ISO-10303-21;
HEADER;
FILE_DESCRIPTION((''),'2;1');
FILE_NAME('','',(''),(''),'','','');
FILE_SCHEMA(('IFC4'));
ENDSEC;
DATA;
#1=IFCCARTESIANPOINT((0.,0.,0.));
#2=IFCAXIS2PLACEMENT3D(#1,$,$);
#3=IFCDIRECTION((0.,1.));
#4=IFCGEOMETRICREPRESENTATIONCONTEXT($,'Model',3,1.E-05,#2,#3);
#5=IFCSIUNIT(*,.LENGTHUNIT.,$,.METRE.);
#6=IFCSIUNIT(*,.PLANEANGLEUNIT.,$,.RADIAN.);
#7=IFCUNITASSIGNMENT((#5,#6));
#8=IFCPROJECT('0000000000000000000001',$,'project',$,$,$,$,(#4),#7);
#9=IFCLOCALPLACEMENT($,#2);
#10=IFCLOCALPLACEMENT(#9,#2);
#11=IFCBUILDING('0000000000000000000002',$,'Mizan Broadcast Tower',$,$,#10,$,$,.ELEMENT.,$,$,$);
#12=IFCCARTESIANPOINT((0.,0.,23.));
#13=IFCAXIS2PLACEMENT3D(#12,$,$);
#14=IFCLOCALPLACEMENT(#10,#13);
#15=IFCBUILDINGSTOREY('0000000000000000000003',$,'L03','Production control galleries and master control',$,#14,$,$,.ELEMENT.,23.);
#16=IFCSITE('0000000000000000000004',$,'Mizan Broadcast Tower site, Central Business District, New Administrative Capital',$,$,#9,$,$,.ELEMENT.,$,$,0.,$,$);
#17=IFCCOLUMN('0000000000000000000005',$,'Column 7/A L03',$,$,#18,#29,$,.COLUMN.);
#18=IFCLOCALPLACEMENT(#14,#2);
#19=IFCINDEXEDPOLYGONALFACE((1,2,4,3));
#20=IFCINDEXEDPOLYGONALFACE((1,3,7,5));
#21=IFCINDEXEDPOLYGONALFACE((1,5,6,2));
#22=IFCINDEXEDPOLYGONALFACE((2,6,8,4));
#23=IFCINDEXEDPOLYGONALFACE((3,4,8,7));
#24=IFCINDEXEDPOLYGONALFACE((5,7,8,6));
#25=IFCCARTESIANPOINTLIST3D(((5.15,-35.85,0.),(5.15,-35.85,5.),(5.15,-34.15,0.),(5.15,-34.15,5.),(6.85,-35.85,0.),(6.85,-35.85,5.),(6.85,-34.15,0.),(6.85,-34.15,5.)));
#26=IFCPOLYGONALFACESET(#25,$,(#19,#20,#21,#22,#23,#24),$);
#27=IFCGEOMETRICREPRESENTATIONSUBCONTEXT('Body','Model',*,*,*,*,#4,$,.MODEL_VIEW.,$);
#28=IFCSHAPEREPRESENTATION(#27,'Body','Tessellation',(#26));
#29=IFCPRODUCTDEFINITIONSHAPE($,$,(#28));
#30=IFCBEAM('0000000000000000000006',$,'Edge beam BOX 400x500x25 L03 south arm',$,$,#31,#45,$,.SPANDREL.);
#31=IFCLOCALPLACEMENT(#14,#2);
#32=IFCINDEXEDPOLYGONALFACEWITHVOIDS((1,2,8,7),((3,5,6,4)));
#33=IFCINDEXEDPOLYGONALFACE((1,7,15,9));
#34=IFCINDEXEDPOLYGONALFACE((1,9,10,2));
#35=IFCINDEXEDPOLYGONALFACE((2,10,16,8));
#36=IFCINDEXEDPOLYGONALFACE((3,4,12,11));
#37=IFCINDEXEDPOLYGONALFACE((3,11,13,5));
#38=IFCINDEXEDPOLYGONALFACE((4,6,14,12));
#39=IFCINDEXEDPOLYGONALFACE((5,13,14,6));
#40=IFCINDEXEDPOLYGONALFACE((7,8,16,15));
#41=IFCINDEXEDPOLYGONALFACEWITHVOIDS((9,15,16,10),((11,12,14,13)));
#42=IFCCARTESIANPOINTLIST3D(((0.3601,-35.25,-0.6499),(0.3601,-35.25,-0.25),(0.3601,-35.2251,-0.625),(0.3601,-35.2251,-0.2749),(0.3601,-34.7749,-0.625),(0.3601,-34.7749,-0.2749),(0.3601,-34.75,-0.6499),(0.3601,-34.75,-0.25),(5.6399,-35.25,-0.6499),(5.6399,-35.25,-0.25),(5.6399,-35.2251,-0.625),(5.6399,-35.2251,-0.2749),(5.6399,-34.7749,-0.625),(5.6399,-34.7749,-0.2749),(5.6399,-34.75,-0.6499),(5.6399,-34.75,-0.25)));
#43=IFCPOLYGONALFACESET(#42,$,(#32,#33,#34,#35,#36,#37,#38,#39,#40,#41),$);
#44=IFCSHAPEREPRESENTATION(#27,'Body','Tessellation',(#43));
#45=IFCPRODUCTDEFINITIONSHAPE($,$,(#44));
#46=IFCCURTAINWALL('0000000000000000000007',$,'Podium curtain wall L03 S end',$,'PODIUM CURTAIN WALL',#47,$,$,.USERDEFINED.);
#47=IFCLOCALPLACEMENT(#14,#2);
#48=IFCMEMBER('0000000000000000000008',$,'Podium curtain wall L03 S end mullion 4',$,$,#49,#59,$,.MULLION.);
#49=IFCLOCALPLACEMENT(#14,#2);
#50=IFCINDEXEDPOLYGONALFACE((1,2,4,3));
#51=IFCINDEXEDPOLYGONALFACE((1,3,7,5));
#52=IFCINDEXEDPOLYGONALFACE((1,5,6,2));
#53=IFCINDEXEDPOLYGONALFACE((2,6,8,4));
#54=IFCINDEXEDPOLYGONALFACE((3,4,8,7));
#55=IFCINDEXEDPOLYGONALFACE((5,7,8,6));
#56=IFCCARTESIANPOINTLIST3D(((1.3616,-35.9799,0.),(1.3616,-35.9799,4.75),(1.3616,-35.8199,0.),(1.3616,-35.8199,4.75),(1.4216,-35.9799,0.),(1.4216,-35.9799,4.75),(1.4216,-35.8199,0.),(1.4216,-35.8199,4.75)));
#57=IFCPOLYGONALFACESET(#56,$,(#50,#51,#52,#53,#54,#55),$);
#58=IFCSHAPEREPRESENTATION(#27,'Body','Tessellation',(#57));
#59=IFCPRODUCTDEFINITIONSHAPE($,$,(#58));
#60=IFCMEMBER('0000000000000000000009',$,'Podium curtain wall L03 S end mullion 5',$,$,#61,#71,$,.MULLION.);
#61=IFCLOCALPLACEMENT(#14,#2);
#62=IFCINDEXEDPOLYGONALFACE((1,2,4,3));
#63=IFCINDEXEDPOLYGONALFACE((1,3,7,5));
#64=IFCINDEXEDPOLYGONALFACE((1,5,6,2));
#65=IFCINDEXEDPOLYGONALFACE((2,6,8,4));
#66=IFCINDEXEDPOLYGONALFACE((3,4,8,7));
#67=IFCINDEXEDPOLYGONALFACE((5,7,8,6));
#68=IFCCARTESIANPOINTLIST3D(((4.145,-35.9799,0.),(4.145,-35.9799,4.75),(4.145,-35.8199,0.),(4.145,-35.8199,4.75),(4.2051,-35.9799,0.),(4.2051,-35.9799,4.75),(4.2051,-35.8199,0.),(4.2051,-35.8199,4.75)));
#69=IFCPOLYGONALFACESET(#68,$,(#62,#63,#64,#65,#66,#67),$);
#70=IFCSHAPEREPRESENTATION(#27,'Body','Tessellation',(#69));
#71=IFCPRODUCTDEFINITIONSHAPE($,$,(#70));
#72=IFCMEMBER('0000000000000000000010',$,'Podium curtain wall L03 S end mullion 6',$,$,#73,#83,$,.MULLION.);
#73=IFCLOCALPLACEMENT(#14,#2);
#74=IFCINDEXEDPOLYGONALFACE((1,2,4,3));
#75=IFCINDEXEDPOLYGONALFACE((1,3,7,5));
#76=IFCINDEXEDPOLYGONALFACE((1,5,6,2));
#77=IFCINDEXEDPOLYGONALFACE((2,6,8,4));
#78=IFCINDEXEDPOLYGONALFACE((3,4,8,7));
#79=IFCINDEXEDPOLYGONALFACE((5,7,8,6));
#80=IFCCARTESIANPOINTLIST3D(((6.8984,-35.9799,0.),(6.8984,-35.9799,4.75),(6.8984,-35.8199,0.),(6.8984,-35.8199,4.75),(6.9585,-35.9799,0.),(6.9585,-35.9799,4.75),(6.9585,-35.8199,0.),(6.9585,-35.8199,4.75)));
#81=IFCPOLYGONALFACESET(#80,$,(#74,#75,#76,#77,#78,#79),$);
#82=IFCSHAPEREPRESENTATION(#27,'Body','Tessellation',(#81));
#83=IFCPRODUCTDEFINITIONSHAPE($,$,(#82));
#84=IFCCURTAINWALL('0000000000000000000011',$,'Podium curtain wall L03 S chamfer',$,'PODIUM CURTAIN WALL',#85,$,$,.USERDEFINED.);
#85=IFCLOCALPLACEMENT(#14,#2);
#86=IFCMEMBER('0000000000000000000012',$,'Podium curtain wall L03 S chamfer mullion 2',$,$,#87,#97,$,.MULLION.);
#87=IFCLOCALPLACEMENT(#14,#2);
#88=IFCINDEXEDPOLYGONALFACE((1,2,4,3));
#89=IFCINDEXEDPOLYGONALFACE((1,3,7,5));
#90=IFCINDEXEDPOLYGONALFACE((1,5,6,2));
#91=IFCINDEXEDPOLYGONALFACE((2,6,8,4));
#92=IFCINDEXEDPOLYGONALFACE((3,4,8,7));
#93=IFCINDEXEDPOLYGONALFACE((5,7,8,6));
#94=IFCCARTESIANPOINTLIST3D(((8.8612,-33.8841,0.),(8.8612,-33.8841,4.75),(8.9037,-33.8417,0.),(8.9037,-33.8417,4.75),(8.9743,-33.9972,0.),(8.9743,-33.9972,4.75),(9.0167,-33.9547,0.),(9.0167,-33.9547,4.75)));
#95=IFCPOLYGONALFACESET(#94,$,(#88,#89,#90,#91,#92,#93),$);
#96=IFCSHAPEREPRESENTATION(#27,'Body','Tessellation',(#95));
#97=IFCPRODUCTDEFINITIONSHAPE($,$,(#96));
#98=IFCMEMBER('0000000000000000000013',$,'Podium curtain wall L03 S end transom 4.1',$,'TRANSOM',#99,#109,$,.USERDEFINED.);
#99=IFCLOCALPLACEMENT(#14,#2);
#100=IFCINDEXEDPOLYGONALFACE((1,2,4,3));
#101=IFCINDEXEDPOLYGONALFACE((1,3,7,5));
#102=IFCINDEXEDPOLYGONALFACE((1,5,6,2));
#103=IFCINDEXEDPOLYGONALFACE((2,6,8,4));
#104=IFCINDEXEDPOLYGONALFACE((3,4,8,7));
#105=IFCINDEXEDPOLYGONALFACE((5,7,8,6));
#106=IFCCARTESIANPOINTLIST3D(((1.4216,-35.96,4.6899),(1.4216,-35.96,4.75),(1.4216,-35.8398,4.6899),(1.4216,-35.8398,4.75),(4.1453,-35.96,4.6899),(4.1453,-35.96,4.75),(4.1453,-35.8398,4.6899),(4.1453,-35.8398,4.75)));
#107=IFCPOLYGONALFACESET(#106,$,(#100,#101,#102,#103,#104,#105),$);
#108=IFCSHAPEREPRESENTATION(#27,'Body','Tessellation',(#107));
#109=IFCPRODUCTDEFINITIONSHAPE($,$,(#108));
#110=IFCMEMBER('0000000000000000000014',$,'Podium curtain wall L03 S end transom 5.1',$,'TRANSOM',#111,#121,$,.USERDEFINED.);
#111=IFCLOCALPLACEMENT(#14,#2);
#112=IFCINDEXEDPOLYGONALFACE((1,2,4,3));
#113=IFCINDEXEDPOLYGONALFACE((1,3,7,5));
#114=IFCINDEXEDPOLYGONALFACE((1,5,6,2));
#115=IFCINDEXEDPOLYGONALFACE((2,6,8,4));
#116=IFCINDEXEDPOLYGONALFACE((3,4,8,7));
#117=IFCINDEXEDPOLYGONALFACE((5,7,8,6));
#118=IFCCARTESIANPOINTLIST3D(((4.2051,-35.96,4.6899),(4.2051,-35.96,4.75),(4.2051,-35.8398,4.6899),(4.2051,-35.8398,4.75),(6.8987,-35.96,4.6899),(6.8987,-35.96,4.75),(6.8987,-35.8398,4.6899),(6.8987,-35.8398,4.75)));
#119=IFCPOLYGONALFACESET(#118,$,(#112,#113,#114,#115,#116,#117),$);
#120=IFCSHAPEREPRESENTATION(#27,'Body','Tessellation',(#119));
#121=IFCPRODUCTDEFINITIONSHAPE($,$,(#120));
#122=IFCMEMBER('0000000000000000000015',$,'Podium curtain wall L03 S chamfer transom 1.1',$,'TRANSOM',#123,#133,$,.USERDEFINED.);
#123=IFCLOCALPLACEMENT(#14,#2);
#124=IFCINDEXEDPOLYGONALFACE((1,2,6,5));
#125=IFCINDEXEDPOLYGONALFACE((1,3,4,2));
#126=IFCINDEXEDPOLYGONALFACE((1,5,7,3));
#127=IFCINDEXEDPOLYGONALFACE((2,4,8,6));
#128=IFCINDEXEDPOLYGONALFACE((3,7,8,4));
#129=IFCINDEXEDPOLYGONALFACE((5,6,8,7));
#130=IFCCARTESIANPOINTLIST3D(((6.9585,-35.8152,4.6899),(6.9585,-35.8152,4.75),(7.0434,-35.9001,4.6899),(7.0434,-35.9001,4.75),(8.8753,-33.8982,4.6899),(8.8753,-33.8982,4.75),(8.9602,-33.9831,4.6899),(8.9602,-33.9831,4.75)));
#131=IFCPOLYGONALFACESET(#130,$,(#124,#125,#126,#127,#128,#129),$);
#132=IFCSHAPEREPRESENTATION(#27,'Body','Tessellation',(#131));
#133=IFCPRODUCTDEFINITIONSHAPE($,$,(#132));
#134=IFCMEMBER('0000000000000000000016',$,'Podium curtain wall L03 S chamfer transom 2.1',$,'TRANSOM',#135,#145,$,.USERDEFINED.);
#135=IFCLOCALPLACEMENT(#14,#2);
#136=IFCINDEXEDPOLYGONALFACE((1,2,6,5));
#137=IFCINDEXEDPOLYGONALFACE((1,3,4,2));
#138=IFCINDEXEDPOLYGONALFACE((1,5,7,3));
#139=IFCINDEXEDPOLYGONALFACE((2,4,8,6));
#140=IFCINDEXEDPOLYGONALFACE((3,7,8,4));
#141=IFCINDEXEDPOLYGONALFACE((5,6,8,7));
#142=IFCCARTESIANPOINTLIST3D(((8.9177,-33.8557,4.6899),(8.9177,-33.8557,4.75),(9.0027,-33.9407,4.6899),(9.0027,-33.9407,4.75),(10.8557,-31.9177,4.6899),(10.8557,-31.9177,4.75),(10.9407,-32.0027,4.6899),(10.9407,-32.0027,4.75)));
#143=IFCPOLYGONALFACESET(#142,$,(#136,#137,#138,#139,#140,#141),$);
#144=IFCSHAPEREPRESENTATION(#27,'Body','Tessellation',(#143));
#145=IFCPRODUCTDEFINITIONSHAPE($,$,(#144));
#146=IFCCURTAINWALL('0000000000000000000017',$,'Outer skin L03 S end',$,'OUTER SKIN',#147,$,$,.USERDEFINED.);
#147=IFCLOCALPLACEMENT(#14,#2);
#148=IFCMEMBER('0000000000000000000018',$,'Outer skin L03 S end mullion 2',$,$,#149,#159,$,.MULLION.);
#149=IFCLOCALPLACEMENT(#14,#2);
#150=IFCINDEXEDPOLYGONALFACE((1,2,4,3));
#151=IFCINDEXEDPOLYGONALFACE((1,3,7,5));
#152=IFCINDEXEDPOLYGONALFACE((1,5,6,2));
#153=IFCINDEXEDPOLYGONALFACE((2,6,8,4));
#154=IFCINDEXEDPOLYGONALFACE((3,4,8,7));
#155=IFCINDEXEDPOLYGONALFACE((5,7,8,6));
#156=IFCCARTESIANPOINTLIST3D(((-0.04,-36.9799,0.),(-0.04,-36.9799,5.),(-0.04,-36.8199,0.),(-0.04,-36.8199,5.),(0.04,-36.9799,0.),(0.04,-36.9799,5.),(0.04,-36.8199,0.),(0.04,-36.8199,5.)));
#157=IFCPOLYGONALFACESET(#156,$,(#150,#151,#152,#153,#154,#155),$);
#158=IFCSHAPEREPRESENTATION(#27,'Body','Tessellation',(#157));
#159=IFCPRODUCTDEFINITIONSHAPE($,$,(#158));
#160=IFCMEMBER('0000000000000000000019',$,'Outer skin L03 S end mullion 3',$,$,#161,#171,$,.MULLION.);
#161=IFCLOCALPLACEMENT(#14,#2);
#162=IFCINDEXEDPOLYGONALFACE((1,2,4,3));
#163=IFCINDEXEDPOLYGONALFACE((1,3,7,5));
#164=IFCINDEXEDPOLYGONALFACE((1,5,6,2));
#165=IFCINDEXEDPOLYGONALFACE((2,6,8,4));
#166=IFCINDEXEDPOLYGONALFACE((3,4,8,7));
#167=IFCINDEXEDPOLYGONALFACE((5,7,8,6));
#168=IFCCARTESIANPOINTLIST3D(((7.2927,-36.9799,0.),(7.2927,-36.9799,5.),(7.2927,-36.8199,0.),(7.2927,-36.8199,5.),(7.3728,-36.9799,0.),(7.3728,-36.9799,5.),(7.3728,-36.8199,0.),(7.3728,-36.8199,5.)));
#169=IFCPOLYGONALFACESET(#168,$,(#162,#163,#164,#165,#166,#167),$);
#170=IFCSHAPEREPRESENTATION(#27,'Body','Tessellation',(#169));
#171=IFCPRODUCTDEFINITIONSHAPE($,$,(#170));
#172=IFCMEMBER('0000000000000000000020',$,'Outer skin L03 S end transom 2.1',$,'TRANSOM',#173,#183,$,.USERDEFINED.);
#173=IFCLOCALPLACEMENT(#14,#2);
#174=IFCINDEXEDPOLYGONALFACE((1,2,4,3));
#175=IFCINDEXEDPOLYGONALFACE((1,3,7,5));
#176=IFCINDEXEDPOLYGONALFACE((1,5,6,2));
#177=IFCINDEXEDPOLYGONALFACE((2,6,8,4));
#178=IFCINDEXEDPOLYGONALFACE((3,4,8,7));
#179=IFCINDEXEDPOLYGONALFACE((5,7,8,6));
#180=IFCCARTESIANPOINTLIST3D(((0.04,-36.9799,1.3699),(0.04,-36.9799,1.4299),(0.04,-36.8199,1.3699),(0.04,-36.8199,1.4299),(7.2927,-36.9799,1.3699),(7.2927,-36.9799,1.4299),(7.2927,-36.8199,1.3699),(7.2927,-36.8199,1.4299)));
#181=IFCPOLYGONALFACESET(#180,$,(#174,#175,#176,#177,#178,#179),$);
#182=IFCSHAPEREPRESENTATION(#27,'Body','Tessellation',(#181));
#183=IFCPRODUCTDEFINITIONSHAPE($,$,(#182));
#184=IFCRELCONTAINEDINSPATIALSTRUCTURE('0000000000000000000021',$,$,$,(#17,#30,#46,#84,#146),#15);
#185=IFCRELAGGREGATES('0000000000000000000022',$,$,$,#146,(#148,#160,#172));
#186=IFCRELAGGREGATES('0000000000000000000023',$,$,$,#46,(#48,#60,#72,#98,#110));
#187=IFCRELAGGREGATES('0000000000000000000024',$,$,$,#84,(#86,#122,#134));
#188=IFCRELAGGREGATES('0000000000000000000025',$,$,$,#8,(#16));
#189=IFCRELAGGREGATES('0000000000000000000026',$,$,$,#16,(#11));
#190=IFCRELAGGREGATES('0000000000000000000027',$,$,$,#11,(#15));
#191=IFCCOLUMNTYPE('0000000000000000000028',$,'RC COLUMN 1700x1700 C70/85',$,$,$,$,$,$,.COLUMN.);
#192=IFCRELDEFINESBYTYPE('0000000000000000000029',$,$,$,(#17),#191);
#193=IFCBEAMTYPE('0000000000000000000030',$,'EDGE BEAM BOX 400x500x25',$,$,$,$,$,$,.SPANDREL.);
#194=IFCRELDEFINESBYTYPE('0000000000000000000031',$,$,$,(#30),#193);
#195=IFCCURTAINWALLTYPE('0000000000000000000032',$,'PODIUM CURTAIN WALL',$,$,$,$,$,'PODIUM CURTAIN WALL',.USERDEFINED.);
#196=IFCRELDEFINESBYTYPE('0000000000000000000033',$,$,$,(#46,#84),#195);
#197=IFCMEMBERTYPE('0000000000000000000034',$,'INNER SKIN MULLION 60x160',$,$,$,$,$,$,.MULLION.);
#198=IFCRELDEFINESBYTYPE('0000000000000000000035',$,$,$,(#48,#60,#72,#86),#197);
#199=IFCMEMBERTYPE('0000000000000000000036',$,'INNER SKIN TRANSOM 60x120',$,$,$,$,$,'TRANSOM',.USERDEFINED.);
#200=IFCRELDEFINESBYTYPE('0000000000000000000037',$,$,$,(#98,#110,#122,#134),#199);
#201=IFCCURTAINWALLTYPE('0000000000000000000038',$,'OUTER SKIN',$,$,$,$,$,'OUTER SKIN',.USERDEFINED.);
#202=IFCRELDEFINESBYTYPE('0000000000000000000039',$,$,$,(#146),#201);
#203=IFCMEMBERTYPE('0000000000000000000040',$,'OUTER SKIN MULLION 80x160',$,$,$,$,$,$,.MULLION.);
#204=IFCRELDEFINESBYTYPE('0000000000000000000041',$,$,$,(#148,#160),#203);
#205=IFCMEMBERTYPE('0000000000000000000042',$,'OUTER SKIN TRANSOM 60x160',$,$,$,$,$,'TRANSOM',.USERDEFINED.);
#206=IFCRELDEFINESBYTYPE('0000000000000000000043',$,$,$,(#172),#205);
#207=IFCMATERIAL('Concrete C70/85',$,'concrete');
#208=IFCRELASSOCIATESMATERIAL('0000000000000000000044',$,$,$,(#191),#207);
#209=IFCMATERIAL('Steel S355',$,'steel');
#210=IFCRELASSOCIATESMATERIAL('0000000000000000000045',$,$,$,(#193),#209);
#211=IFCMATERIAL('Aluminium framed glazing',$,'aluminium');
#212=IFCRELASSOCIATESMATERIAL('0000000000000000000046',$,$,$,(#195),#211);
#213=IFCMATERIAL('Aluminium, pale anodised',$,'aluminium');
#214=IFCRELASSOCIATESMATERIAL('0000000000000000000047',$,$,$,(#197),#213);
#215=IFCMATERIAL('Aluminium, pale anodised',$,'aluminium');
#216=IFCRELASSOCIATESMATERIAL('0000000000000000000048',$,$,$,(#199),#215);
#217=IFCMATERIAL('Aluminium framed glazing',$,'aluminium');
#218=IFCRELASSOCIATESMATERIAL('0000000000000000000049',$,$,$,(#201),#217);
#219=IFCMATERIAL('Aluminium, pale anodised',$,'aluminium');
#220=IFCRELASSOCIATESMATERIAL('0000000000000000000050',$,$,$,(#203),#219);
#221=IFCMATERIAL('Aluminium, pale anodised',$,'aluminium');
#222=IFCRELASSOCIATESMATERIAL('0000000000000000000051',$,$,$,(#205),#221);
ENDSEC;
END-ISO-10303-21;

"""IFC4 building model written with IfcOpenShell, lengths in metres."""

from ifc_helpers import new_model, si_unit, direction, frame, origin, origin_2d, place, context, subcontext, project, spatial, rectangle, hollow_rectangle, extrude, material, material_profile, profile_set, type_object, element, aggregate, save


model = new_model("IFC4")

# Units and contexts
model_context = context("Model", 3, precision=1e-05, world=origin(), true_north=direction((0.0, 1.0)))
body_context = subcontext(model_context, "Body", "Model", "MODEL_VIEW")
ifc_project = project(units=[si_unit("LENGTHUNIT", "METRE"), si_unit("PLANEANGLEUNIT", "RADIAN")], contexts=[model_context])

# Site, building, storey
site_placement = place(None, origin())
site = spatial("IfcSite", under=ifc_project, at=site_placement, Name="Mizan Broadcast Tower site, Central Business District, New Administrative Capital", CompositionType="ELEMENT", RefElevation=0.0)
building_placement = place(site_placement, origin())
building = spatial("IfcBuilding", under=site, at=building_placement, Name="Mizan Broadcast Tower", CompositionType="ELEMENT")
storey_placement = place(building_placement, frame((0.0, 0.0, 23.0)))
storey = spatial("IfcBuildingStorey", under=building, at=storey_placement, Name="L03", Description="Production control galleries and master control", CompositionType="ELEMENT", Elevation=23.0)

# Column
ifc_material_1 = material(Name="Concrete C70/85", Category="concrete")
ifc_material_profile_1 = material_profile(ifc_material_1, rectangle(XDim=1.7, YDim=1.7, at=origin_2d()), Name="RC 1700x1700")
ifc_profile_set_1 = profile_set([ifc_material_profile_1], Name="Concrete C70/85")
column_type = type_object("IfcColumnType", Name="RC COLUMN 1700x1700 C70/85", PredefinedType="COLUMN", material=ifc_profile_set_1)
column_placement = place(storey_placement, frame((6.0, -35.0, 0.0), z_axis=(0.0, 0.0, 1.0), x_axis=(1.0, 0.0, 0.0)))
element("IfcColumn", 1, at=column_placement, inside=storey, type_object=column_type, Name="Column 7/A L03", PredefinedType="COLUMN", context=body_context, shape_type="SweptSolid", body=[
    extrude(rectangle(XDim=1.7, YDim=1.7, at=origin_2d()), origin(), (0.0, 0.0, 1.0), 5.0),
])

# Beam
ifc_material_2 = material(Name="Steel S355", Category="steel")
ifc_material_profile_2 = material_profile(ifc_material_2, hollow_rectangle(XDim=0.5, YDim=0.3999, WallThickness=0.0249, at=origin_2d()), Name="BOX 400x500x25")
ifc_profile_set_2 = profile_set([ifc_material_profile_2], Name="Steel S355")
beam_type = type_object("IfcBeamType", Name="EDGE BEAM BOX 400x500x25", PredefinedType="SPANDREL", material=ifc_profile_set_2)
beam_placement = place(storey_placement, frame((5.6399, -35.0, -0.45), z_axis=(-1.0, 0.0, 0.0), x_axis=(0.0, -1.0, 0.0)))
element("IfcBeam", 2, at=beam_placement, inside=storey, type_object=beam_type, Name="Edge beam BOX 400x500x25 L03 south arm", PredefinedType="SPANDREL", context=body_context, shape_type="SweptSolid", body=[
    extrude(hollow_rectangle(XDim=0.5, YDim=0.3999, WallThickness=0.0249, at=origin_2d()), origin(), (0.0, 0.0, 1.0), 5.2798),
])

# Curtain wall, members
ifc_material_3 = material(Name="Aluminium framed glazing", Category="aluminium")
curtain_wall_type_1 = type_object("IfcCurtainWallType", Name="PODIUM CURTAIN WALL", ElementType="PODIUM CURTAIN WALL", PredefinedType="USERDEFINED", material=ifc_material_3)
curtain_wall_1_placement = place(storey_placement, origin())
curtain_wall_1 = element("IfcCurtainWall", 3, at=curtain_wall_1_placement, inside=storey, type_object=curtain_wall_type_1, Name="Podium curtain wall L03 S end", ObjectType="PODIUM CURTAIN WALL", PredefinedType="USERDEFINED")
ifc_material_4 = material(Name="Aluminium, pale anodised", Category="aluminium")
ifc_material_profile_3 = material_profile(ifc_material_4, rectangle(XDim=0.1599, YDim=0.0601, at=origin_2d()), Name="MULLION 160x60")
ifc_profile_set_3 = profile_set([ifc_material_profile_3], Name="Aluminium, pale anodised")
member_type_1 = type_object("IfcMemberType", Name="INNER SKIN MULLION 60x160", PredefinedType="MULLION", material=ifc_profile_set_3)
member_1_placement = place(storey_placement, frame((1.3916, -35.8999, 0.0), z_axis=(0.0, 0.0, 1.0), x_axis=(0.0, 1.0, 0.0)))
member_1 = element("IfcMember", 4, at=member_1_placement, type_object=member_type_1, Name="Podium curtain wall L03 S end mullion 4", PredefinedType="MULLION", context=body_context, shape_type="SweptSolid", body=[
    extrude(rectangle(XDim=0.1599, YDim=0.0601, at=origin_2d()), origin(), (0.0, 0.0, 1.0), 4.75),
])
member_2_placement = place(storey_placement, frame((4.175, -35.8999, 0.0), z_axis=(0.0, 0.0, 1.0), x_axis=(0.0, 1.0, 0.0)))
member_2 = element("IfcMember", 5, at=member_2_placement, type_object=member_type_1, Name="Podium curtain wall L03 S end mullion 5", PredefinedType="MULLION", context=body_context, shape_type="SweptSolid", body=[
    extrude(rectangle(XDim=0.1599, YDim=0.0601, at=origin_2d()), origin(), (0.0, 0.0, 1.0), 4.75),
])
member_3_placement = place(storey_placement, frame((6.9285, -35.8999, 0.0), z_axis=(0.0, 0.0, 1.0), x_axis=(0.0, 1.0, 0.0)))
member_3 = element("IfcMember", 6, at=member_3_placement, type_object=member_type_1, Name="Podium curtain wall L03 S end mullion 6", PredefinedType="MULLION", context=body_context, shape_type="SweptSolid", body=[
    extrude(rectangle(XDim=0.1599, YDim=0.0601, at=origin_2d()), origin(), (0.0, 0.0, 1.0), 4.75),
])

# Curtain wall, member
curtain_wall_2_placement = place(storey_placement, origin())
curtain_wall_2 = element("IfcCurtainWall", 7, at=curtain_wall_2_placement, inside=storey, type_object=curtain_wall_type_1, Name="Podium curtain wall L03 S chamfer", ObjectType="PODIUM CURTAIN WALL", PredefinedType="USERDEFINED")
member_4_placement = place(storey_placement, frame((8.939, -33.9194, 0.0), z_axis=(0.0, 0.0, 1.0), x_axis=(-0.707107, 0.707107, 0.0)))
member_4 = element("IfcMember", 8, at=member_4_placement, type_object=member_type_1, Name="Podium curtain wall L03 S chamfer mullion 2", PredefinedType="MULLION", context=body_context, shape_type="SweptSolid", body=[
    extrude(rectangle(XDim=0.1599, YDim=0.0601, at=origin_2d()), origin(), (0.0, 0.0, 1.0), 4.75),
])

# Members
ifc_material_5 = material(Name="Aluminium, pale anodised", Category="aluminium")
ifc_material_profile_4 = material_profile(ifc_material_5, rectangle(XDim=0.1201, YDim=0.0601, at=origin_2d()), Name="TRANSOM 120x60")
ifc_profile_set_4 = profile_set([ifc_material_profile_4], Name="Aluminium, pale anodised")
member_type_2 = type_object("IfcMemberType", Name="INNER SKIN TRANSOM 60x120", ElementType="TRANSOM", PredefinedType="USERDEFINED", material=ifc_profile_set_4)
member_5_placement = place(storey_placement, frame((1.4216, -35.8999, 4.72), z_axis=(1.0, 0.0, 0.0), x_axis=(0.0, 1.0, 0.0)))
member_5 = element("IfcMember", 9, at=member_5_placement, type_object=member_type_2, Name="Podium curtain wall L03 S end transom 4.1", ObjectType="TRANSOM", PredefinedType="USERDEFINED", context=body_context, shape_type="SweptSolid", body=[
    extrude(rectangle(XDim=0.1201, YDim=0.0601, at=origin_2d()), origin(), (0.0, 0.0, 1.0), 2.7236),
])
member_6_placement = place(storey_placement, frame((4.2051, -35.8999, 4.72), z_axis=(1.0, 0.0, 0.0), x_axis=(0.0, 1.0, 0.0)))
member_6 = element("IfcMember", 10, at=member_6_placement, type_object=member_type_2, Name="Podium curtain wall L03 S end transom 5.1", ObjectType="TRANSOM", PredefinedType="USERDEFINED", context=body_context, shape_type="SweptSolid", body=[
    extrude(rectangle(XDim=0.1201, YDim=0.0601, at=origin_2d()), origin(), (0.0, 0.0, 1.0), 2.6936),
])
member_7_placement = place(storey_placement, frame((7.001, -35.8577, 4.72), z_axis=(0.707062, 0.707152, 0.0), x_axis=(-0.707152, 0.707062, 0.0)))
member_7 = element("IfcMember", 11, at=member_7_placement, type_object=member_type_2, Name="Podium curtain wall L03 S chamfer transom 1.1", ObjectType="TRANSOM", PredefinedType="USERDEFINED", context=body_context, shape_type="SweptSolid", body=[
    extrude(rectangle(XDim=0.1201, YDim=0.0601, at=origin_2d()), origin(), (0.0, 0.0, 1.0), 2.7109),
])
member_8_placement = place(storey_placement, frame((8.9602, -33.8982, 4.72), z_axis=(0.707107, 0.707107, 0.0), x_axis=(-0.707107, 0.707107, 0.0)))
member_8 = element("IfcMember", 12, at=member_8_placement, type_object=member_type_2, Name="Podium curtain wall L03 S chamfer transom 2.1", ObjectType="TRANSOM", PredefinedType="USERDEFINED", context=body_context, shape_type="SweptSolid", body=[
    extrude(rectangle(XDim=0.1201, YDim=0.0601, at=origin_2d()), origin(), (0.0, 0.0, 1.0), 2.7407),
])

# Curtain wall, members
ifc_material_6 = material(Name="Aluminium framed glazing", Category="aluminium")
curtain_wall_type_2 = type_object("IfcCurtainWallType", Name="OUTER SKIN", ElementType="OUTER SKIN", PredefinedType="USERDEFINED", material=ifc_material_6)
curtain_wall_3_placement = place(storey_placement, origin())
curtain_wall_3 = element("IfcCurtainWall", 13, at=curtain_wall_3_placement, inside=storey, type_object=curtain_wall_type_2, Name="Outer skin L03 S end", ObjectType="OUTER SKIN", PredefinedType="USERDEFINED")
ifc_material_7 = material(Name="Aluminium, pale anodised", Category="aluminium")
ifc_material_profile_5 = material_profile(ifc_material_7, rectangle(XDim=0.1599, YDim=0.0801, at=origin_2d()), Name="MULLION 160x80")
ifc_profile_set_5 = profile_set([ifc_material_profile_5], Name="Aluminium, pale anodised")
member_type_3 = type_object("IfcMemberType", Name="OUTER SKIN MULLION 80x160", PredefinedType="MULLION", material=ifc_profile_set_5)
member_9_placement = place(storey_placement, frame((0.0, -36.8999, 0.0), z_axis=(0.0, 0.0, 1.0), x_axis=(0.0, 1.0, 0.0)))
member_9 = element("IfcMember", 14, at=member_9_placement, type_object=member_type_3, Name="Outer skin L03 S end mullion 2", PredefinedType="MULLION", context=body_context, shape_type="SweptSolid", body=[
    extrude(rectangle(XDim=0.1599, YDim=0.0801, at=origin_2d()), origin(), (0.0, 0.0, 1.0), 5.0),
])
member_10_placement = place(storey_placement, frame((7.3328, -36.8999, 0.0), z_axis=(0.0, 0.0, 1.0), x_axis=(0.0, 1.0, 0.0)))
member_10 = element("IfcMember", 15, at=member_10_placement, type_object=member_type_3, Name="Outer skin L03 S end mullion 3", PredefinedType="MULLION", context=body_context, shape_type="SweptSolid", body=[
    extrude(rectangle(XDim=0.1599, YDim=0.0801, at=origin_2d()), origin(), (0.0, 0.0, 1.0), 5.0),
])
ifc_material_8 = material(Name="Aluminium, pale anodised", Category="aluminium")
ifc_material_profile_6 = material_profile(ifc_material_8, rectangle(XDim=0.1599, YDim=0.0601, at=origin_2d()), Name="TRANSOM 160x60")
ifc_profile_set_6 = profile_set([ifc_material_profile_6], Name="Aluminium, pale anodised")
member_type_4 = type_object("IfcMemberType", Name="OUTER SKIN TRANSOM 60x160", ElementType="TRANSOM", PredefinedType="USERDEFINED", material=ifc_profile_set_6)
member_11_placement = place(storey_placement, frame((0.04, -36.8999, 1.3999), z_axis=(1.0, 0.0, 0.0), x_axis=(0.0, 1.0, 0.0)))
member_11 = element("IfcMember", 16, at=member_11_placement, type_object=member_type_4, Name="Outer skin L03 S end transom 2.1", ObjectType="TRANSOM", PredefinedType="USERDEFINED", context=body_context, shape_type="SweptSolid", body=[
    extrude(rectangle(XDim=0.1599, YDim=0.0601, at=origin_2d()), origin(), (0.0, 0.0, 1.0), 7.2527),
])

aggregate(curtain_wall_3, [member_9, member_10, member_11])
aggregate(curtain_wall_1, [member_1, member_2, member_3, member_5, member_6])
aggregate(curtain_wall_2, [member_4, member_7, member_8])

save(model, "model.ifc")
